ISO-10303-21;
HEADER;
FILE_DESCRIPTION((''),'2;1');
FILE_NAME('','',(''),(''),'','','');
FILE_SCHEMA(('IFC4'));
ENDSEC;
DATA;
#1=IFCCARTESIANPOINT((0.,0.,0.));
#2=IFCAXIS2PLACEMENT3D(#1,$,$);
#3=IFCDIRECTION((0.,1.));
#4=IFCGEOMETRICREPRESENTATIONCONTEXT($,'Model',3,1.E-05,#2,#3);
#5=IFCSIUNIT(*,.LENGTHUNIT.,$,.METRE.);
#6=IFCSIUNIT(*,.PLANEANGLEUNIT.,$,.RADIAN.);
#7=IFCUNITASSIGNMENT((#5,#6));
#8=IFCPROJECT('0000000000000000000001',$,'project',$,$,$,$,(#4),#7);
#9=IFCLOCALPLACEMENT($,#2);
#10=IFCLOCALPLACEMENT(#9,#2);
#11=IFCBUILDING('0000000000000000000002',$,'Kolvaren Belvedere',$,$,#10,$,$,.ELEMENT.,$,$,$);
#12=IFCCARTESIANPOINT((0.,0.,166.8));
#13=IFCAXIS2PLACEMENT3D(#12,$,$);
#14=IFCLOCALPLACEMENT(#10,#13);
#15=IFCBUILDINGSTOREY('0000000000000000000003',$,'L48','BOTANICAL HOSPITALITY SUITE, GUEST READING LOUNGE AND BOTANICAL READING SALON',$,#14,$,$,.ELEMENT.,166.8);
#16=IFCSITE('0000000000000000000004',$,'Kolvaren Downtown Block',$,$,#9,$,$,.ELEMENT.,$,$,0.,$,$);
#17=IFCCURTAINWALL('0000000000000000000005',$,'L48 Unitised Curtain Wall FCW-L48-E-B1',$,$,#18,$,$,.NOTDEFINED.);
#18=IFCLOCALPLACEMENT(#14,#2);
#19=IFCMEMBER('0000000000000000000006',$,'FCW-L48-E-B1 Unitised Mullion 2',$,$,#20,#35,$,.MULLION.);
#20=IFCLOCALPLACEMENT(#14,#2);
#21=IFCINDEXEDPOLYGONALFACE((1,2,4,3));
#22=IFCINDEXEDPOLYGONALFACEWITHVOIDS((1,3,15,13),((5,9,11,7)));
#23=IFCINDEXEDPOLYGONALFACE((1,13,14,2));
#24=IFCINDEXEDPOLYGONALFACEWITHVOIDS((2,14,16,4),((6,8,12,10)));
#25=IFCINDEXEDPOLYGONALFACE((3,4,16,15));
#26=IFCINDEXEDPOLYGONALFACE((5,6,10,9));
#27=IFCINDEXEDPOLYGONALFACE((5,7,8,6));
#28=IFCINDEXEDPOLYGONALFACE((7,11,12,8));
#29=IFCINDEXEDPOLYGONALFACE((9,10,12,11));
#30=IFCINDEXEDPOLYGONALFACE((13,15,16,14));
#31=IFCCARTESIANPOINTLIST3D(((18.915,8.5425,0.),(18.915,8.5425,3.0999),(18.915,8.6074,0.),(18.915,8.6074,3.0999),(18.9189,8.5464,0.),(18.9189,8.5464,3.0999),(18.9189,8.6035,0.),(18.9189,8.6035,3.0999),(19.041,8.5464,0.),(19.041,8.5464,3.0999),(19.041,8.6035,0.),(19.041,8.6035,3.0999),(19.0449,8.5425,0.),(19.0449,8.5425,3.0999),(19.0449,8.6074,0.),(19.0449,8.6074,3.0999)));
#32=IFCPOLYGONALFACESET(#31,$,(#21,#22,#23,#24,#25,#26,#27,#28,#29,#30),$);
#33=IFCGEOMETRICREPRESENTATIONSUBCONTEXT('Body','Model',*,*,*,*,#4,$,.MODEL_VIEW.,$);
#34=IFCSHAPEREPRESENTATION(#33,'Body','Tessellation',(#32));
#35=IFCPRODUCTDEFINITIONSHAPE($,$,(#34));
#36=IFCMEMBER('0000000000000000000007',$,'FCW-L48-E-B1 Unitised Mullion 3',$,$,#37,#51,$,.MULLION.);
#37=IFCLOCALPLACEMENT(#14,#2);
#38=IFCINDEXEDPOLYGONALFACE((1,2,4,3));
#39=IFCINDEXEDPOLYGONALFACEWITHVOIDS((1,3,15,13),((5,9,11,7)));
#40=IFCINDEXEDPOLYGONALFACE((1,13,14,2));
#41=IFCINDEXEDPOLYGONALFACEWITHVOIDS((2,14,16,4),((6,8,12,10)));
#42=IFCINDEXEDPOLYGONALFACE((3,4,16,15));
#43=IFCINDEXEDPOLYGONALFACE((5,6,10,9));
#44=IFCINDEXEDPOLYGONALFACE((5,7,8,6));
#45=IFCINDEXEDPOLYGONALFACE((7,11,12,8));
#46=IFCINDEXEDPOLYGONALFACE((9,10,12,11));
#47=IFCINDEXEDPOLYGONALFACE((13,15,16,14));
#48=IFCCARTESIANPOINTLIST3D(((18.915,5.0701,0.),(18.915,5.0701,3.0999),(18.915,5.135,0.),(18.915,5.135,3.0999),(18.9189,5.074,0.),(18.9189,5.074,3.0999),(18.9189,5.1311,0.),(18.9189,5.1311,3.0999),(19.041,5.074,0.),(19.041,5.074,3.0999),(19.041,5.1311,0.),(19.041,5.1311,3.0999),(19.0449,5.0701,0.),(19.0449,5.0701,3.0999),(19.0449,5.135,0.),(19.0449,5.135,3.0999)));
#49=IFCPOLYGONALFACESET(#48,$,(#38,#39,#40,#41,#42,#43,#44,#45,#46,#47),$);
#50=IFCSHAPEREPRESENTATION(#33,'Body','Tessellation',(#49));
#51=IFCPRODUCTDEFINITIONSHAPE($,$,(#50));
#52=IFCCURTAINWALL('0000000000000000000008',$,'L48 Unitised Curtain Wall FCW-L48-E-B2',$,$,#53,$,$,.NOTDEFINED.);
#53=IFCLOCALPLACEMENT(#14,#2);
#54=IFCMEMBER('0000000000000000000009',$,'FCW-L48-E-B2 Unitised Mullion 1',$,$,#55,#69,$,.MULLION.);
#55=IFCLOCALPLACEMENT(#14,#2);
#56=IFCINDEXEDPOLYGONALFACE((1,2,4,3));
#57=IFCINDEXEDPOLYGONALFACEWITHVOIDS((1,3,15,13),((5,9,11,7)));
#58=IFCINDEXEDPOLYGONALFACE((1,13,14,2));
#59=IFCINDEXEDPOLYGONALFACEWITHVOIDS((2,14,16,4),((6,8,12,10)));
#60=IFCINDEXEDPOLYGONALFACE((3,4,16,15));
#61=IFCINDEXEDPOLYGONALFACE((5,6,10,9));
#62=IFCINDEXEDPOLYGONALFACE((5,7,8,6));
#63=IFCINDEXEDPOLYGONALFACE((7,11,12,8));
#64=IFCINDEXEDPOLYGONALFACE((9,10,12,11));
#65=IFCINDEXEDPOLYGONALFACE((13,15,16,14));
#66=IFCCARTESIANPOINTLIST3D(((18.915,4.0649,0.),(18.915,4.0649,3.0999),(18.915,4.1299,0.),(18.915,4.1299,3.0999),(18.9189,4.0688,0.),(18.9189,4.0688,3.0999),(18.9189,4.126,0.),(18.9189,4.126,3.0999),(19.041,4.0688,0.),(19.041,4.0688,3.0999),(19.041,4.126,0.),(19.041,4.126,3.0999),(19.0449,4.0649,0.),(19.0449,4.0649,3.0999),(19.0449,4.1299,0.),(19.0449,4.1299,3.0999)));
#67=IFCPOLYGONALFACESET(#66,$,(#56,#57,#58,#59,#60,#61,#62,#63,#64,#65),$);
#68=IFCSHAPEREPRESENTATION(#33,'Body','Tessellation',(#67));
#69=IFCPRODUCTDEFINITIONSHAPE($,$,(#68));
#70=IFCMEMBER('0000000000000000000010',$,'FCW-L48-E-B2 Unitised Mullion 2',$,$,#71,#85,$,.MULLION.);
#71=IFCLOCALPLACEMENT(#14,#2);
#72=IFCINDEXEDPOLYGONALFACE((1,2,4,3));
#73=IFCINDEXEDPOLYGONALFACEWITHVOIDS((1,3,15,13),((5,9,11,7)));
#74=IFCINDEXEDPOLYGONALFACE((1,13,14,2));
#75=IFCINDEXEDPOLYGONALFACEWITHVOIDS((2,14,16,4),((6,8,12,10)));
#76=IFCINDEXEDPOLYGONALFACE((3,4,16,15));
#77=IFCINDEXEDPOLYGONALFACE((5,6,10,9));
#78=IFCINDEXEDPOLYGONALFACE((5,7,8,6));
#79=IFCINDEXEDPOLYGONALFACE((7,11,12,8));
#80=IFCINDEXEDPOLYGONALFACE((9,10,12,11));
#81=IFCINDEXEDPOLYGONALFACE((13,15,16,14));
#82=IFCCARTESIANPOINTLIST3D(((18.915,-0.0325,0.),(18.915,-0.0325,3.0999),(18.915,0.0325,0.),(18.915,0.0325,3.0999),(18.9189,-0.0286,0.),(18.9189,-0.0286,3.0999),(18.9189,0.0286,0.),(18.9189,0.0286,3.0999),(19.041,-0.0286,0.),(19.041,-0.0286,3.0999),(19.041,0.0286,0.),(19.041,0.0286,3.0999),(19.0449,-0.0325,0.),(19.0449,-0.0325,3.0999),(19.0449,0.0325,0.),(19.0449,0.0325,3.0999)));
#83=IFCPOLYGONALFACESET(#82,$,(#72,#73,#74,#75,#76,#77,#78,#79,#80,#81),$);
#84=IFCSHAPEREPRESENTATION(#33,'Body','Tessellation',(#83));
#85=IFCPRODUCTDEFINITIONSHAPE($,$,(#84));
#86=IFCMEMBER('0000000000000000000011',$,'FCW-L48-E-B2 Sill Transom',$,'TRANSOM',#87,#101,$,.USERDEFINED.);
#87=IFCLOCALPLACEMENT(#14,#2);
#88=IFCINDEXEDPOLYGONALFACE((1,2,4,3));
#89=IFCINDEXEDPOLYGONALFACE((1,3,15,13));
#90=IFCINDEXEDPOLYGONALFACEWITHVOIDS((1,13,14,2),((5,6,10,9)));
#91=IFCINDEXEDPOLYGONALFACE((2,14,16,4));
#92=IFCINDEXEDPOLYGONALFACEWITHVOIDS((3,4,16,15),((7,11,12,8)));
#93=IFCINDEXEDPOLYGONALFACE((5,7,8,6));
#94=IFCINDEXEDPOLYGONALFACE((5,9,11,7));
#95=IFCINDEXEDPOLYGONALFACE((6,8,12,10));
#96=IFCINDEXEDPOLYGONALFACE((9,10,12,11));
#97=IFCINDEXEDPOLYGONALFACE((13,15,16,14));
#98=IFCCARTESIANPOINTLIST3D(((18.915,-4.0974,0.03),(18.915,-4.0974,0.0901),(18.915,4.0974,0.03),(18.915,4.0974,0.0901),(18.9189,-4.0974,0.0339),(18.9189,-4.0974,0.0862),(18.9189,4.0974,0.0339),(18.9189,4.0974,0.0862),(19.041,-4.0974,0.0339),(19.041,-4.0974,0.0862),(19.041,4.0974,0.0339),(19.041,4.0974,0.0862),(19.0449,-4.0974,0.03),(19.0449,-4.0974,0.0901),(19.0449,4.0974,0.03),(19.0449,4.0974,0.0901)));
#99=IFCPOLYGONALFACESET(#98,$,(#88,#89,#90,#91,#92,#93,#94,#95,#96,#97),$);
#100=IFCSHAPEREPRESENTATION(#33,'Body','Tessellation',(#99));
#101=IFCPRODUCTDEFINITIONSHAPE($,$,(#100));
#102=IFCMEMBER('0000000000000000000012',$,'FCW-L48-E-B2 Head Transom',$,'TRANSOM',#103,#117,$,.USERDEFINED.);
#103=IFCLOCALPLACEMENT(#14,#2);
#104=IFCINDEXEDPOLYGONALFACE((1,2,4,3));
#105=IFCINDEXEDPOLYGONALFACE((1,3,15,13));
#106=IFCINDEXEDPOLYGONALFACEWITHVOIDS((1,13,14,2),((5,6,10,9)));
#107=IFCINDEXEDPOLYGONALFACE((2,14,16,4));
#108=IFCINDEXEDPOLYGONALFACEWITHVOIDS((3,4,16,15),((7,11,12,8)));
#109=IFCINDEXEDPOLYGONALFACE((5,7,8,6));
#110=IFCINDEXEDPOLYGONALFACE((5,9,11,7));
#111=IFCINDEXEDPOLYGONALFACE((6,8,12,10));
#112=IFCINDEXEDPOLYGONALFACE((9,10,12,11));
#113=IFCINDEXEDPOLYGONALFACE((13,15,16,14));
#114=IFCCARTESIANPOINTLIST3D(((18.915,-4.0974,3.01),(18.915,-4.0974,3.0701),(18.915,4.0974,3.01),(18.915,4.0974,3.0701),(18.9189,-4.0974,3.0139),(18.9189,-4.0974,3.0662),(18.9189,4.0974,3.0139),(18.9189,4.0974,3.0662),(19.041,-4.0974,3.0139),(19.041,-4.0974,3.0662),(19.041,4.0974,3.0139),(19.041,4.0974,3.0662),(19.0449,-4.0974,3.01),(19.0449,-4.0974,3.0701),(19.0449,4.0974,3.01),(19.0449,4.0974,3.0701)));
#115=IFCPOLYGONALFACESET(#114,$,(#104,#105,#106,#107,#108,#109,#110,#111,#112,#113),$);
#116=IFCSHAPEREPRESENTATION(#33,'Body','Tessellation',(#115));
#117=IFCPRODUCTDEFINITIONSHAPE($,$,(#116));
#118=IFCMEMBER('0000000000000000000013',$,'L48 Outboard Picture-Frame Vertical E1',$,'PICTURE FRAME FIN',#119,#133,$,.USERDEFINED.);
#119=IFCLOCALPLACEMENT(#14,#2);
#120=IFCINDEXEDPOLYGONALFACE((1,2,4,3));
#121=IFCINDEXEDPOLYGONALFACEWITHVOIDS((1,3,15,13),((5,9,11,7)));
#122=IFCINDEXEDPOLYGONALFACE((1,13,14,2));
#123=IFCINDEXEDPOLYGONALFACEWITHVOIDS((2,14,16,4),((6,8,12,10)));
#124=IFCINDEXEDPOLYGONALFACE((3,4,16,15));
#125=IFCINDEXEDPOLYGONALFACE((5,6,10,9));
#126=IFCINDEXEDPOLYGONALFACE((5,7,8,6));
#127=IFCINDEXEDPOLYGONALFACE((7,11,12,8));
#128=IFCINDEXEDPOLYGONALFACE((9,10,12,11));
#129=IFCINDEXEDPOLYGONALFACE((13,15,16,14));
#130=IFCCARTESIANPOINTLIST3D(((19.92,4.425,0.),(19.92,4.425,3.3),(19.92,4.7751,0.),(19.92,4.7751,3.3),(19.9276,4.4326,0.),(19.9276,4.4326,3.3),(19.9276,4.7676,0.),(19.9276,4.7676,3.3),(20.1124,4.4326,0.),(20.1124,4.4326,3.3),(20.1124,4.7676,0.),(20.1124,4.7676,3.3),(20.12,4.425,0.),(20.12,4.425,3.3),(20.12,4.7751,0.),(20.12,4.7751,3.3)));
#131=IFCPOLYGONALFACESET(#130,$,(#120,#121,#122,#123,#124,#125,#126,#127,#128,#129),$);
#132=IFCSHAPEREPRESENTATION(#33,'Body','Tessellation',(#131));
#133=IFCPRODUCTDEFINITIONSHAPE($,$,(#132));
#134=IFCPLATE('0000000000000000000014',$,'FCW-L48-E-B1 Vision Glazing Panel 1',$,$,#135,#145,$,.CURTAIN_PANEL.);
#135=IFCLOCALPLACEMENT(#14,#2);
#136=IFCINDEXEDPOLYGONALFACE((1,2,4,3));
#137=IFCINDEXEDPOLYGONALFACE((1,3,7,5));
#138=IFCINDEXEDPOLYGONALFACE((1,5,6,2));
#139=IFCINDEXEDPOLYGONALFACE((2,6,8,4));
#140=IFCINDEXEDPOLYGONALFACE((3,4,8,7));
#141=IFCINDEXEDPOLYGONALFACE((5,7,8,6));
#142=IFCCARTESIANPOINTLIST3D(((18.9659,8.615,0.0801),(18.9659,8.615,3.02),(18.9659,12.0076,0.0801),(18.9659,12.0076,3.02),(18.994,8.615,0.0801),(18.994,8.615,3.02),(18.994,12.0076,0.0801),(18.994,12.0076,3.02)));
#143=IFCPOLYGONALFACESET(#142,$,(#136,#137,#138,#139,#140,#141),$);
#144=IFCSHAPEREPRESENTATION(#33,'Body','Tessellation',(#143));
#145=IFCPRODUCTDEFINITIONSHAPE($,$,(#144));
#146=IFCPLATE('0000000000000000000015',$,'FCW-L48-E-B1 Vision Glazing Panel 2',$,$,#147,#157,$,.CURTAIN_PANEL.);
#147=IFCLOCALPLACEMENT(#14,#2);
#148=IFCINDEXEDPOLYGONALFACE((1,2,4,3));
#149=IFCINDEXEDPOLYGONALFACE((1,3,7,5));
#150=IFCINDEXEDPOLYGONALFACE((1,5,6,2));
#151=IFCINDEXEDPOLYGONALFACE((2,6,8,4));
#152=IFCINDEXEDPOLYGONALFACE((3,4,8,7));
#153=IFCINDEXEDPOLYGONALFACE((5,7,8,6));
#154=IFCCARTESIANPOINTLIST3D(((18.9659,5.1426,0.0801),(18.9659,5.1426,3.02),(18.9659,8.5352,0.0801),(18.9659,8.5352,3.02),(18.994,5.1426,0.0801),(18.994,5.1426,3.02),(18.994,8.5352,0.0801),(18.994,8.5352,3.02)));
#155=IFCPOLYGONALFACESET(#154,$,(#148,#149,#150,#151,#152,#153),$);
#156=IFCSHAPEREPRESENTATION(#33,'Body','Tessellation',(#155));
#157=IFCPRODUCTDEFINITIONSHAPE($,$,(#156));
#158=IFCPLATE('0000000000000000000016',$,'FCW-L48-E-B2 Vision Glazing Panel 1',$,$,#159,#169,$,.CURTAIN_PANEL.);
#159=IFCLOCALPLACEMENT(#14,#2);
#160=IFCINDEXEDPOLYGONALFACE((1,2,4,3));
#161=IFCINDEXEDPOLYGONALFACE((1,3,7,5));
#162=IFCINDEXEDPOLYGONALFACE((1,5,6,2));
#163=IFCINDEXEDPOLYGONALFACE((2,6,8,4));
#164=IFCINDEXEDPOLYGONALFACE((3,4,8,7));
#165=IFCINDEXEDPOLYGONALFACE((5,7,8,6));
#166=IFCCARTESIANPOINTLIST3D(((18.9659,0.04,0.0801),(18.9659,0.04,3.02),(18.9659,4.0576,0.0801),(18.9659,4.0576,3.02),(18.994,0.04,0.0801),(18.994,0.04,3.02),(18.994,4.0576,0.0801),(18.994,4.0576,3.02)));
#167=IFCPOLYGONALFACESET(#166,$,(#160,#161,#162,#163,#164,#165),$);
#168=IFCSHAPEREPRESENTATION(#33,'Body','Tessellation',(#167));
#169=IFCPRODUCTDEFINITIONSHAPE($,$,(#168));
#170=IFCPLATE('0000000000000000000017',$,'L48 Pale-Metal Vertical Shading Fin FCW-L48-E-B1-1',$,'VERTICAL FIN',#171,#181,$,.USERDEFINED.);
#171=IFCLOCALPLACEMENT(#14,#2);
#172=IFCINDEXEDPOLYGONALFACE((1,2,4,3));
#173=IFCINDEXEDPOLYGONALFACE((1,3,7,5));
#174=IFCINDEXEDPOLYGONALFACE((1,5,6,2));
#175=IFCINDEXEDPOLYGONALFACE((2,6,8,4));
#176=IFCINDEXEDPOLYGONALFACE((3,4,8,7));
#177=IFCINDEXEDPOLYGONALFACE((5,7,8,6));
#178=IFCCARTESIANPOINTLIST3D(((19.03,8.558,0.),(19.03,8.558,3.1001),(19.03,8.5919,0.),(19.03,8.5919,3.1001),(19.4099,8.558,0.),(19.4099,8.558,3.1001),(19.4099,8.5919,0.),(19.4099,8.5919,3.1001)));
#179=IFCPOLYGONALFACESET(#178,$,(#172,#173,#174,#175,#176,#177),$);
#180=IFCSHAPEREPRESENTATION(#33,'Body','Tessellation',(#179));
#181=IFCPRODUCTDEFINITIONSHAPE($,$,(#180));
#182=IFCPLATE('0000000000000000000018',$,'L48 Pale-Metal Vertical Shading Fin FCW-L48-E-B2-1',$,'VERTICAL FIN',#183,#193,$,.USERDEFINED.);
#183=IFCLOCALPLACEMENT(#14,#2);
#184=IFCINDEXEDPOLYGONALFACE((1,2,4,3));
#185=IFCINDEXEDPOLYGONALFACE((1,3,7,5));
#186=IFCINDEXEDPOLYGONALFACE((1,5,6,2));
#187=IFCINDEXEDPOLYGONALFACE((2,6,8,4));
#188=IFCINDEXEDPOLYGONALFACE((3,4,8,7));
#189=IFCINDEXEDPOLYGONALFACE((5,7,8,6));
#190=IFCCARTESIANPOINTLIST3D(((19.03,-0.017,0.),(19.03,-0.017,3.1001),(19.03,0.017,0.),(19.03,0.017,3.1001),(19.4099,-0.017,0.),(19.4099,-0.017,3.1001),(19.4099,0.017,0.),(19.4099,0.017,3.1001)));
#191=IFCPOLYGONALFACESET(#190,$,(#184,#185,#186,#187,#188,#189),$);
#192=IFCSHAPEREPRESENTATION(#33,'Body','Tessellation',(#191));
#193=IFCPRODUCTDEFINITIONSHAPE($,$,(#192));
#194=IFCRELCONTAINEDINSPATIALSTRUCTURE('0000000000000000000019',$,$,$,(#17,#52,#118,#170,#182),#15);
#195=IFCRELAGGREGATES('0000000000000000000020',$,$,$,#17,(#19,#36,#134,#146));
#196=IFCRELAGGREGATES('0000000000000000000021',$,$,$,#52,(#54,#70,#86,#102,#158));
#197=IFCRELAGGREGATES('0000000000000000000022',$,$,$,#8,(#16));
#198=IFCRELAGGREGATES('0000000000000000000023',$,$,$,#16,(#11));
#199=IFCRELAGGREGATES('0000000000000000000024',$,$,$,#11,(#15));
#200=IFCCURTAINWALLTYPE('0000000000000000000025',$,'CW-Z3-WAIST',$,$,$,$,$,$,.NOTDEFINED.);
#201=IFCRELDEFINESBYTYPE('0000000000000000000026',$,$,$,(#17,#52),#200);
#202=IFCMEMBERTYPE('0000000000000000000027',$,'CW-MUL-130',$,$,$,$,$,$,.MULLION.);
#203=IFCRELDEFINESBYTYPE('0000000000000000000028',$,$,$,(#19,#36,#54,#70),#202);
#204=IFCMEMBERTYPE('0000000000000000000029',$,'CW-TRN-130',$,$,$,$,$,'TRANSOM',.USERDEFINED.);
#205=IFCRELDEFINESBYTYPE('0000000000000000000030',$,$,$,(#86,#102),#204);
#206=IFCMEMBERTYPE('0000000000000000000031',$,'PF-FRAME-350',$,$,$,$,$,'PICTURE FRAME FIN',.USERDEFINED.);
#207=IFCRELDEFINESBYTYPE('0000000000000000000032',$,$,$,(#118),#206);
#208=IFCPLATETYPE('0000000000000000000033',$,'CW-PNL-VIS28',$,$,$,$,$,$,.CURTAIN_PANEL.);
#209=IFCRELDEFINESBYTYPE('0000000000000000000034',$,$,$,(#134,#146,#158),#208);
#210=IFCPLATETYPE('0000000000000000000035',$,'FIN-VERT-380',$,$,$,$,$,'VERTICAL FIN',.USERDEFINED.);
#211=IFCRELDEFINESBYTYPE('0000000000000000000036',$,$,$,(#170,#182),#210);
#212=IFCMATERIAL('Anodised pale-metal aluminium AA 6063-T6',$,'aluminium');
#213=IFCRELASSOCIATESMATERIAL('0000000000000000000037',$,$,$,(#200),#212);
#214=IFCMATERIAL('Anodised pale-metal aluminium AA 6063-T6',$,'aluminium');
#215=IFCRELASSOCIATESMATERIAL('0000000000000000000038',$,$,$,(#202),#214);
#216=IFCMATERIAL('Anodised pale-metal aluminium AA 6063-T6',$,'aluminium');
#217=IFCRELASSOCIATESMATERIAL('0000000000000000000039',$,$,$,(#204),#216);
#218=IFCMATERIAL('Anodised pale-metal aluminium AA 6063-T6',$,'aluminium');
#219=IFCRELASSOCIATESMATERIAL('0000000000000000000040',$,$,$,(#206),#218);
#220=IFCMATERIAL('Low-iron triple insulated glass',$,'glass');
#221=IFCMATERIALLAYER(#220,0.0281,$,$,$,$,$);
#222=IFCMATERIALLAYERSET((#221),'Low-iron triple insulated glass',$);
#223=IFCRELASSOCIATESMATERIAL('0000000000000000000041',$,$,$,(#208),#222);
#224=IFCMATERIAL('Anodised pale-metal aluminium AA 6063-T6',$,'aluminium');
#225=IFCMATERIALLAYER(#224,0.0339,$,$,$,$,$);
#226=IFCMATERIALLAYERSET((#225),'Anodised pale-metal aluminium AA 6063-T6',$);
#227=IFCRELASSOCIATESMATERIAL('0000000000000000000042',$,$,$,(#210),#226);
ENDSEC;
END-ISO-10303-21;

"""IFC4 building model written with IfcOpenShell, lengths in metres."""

from ifc_helpers import new_model, si_unit, direction, frame, origin, origin_2d, place, context, subcontext, project, spatial, rectangle, hollow_rectangle, extrude, material, layer, layer_set, material_profile, profile_set, type_object, element, aggregate, save


model = new_model("IFC4")

# Units and contexts
model_context = context("Model", 3, precision=1e-05, world=origin(), true_north=direction((0.0, 1.0)))
body_context = subcontext(model_context, "Body", "Model", "MODEL_VIEW")
ifc_project = project(units=[si_unit("LENGTHUNIT", "METRE"), si_unit("PLANEANGLEUNIT", "RADIAN")], contexts=[model_context])

# Site, building, storey
site_placement = place(None, origin())
site = spatial("IfcSite", under=ifc_project, at=site_placement, Name="Kolvaren Downtown Block", CompositionType="ELEMENT", RefElevation=0.0)
building_placement = place(site_placement, origin())
building = spatial("IfcBuilding", under=site, at=building_placement, Name="Kolvaren Belvedere", CompositionType="ELEMENT")
storey_placement = place(building_placement, frame((0.0, 0.0, 166.8)))
storey = spatial("IfcBuildingStorey", under=building, at=storey_placement, Name="L48", Description="BOTANICAL HOSPITALITY SUITE, GUEST READING LOUNGE AND BOTANICAL READING SALON", CompositionType="ELEMENT", Elevation=166.8)

# Curtain walls, members
ifc_material_1 = material(Name="Anodised pale-metal aluminium AA 6063-T6", Category="aluminium")
curtain_wall_type = type_object("IfcCurtainWallType", Name="CW-Z3-WAIST", PredefinedType="NOTDEFINED", material=ifc_material_1)
curtain_wall_1_placement = place(storey_placement, origin())
curtain_wall_1 = element("IfcCurtainWall", 1, at=curtain_wall_1_placement, inside=storey, type_object=curtain_wall_type, Name="L48 Unitised Curtain Wall FCW-L48-E-B1", PredefinedType="NOTDEFINED")
ifc_material_2 = material(Name="Anodised pale-metal aluminium AA 6063-T6", Category="aluminium")
ifc_material_profile_1 = material_profile(ifc_material_2, hollow_rectangle(XDim=0.0649, YDim=0.1299, WallThickness=0.0039, at=origin_2d()), Name="ALU-MUL-130X65")
ifc_profile_set_1 = profile_set([ifc_material_profile_1], Name="Anodised pale-metal aluminium AA 6063-T6")
member_type_1 = type_object("IfcMemberType", Name="CW-MUL-130", PredefinedType="MULLION", material=ifc_profile_set_1)
member_1_placement = place(storey_placement, frame((18.98, 8.575, 0.0), z_axis=(0.0, 0.0, 1.0), x_axis=(0.0, 1.0, 0.0)))
member_1 = element("IfcMember", 2, at=member_1_placement, type_object=member_type_1, Name="FCW-L48-E-B1 Unitised Mullion 2", PredefinedType="MULLION", context=body_context, shape_type="SweptSolid", body=[
    extrude(hollow_rectangle(XDim=0.0649, YDim=0.1299, WallThickness=0.0039, at=origin_2d()), origin(), (0.0, 0.0, 1.0), 3.0999),
])
member_2_placement = place(storey_placement, frame((18.98, 5.1025, 0.0), z_axis=(0.0, 0.0, 1.0), x_axis=(0.0, 1.0, 0.0)))
member_2 = element("IfcMember", 3, at=member_2_placement, type_object=member_type_1, Name="FCW-L48-E-B1 Unitised Mullion 3", PredefinedType="MULLION", context=body_context, shape_type="SweptSolid", body=[
    extrude(hollow_rectangle(XDim=0.0649, YDim=0.1299, WallThickness=0.0039, at=origin_2d()), origin(), (0.0, 0.0, 1.0), 3.0999),
])
curtain_wall_2_placement = place(storey_placement, origin())
curtain_wall_2 = element("IfcCurtainWall", 4, at=curtain_wall_2_placement, inside=storey, type_object=curtain_wall_type, Name="L48 Unitised Curtain Wall FCW-L48-E-B2", PredefinedType="NOTDEFINED")
member_3_placement = place(storey_placement, frame((18.98, 4.0974, 0.0), z_axis=(0.0, 0.0, 1.0), x_axis=(0.0, 1.0, 0.0)))
member_3 = element("IfcMember", 5, at=member_3_placement, type_object=member_type_1, Name="FCW-L48-E-B2 Unitised Mullion 1", PredefinedType="MULLION", context=body_context, shape_type="SweptSolid", body=[
    extrude(hollow_rectangle(XDim=0.0649, YDim=0.1299, WallThickness=0.0039, at=origin_2d()), origin(), (0.0, 0.0, 1.0), 3.0999),
])
member_4_placement = place(storey_placement, frame((18.98, 0.0, 0.0), z_axis=(0.0, 0.0, 1.0), x_axis=(0.0, 1.0, 0.0)))
member_4 = element("IfcMember", 6, at=member_4_placement, type_object=member_type_1, Name="FCW-L48-E-B2 Unitised Mullion 2", PredefinedType="MULLION", context=body_context, shape_type="SweptSolid", body=[
    extrude(hollow_rectangle(XDim=0.0649, YDim=0.1299, WallThickness=0.0039, at=origin_2d()), origin(), (0.0, 0.0, 1.0), 3.0999),
])
ifc_material_3 = material(Name="Anodised pale-metal aluminium AA 6063-T6", Category="aluminium")
ifc_material_profile_2 = material_profile(ifc_material_3, hollow_rectangle(XDim=0.0601, YDim=0.1299, WallThickness=0.0039, at=origin_2d()), Name="ALU-TRN-130X60")
ifc_profile_set_2 = profile_set([ifc_material_profile_2], Name="Anodised pale-metal aluminium AA 6063-T6")
member_type_2 = type_object("IfcMemberType", Name="CW-TRN-130", ElementType="TRANSOM", PredefinedType="USERDEFINED", material=ifc_profile_set_2)
member_5_placement = place(storey_placement, frame((18.98, 4.0974, 0.0601), z_axis=(0.0, -1.0, 0.0), x_axis=(0.0, 0.0, 1.0)))
member_5 = element("IfcMember", 7, at=member_5_placement, type_object=member_type_2, Name="FCW-L48-E-B2 Sill Transom", ObjectType="TRANSOM", PredefinedType="USERDEFINED", context=body_context, shape_type="SweptSolid", body=[
    extrude(hollow_rectangle(XDim=0.0601, YDim=0.1299, WallThickness=0.0039, at=origin_2d()), origin(), (0.0, 0.0, 1.0), 8.1948),
])
member_6_placement = place(storey_placement, frame((18.98, 4.0974, 3.04), z_axis=(0.0, -1.0, 0.0), x_axis=(0.0, 0.0, 1.0)))
member_6 = element("IfcMember", 8, at=member_6_placement, type_object=member_type_2, Name="FCW-L48-E-B2 Head Transom", ObjectType="TRANSOM", PredefinedType="USERDEFINED", context=body_context, shape_type="SweptSolid", body=[
    extrude(hollow_rectangle(XDim=0.0601, YDim=0.1299, WallThickness=0.0039, at=origin_2d()), origin(), (0.0, 0.0, 1.0), 8.1948),
])

# Member
ifc_material_4 = material(Name="Anodised pale-metal aluminium AA 6063-T6", Category="aluminium")
ifc_material_profile_3 = material_profile(ifc_material_4, hollow_rectangle(XDim=0.2, YDim=0.3501, WallThickness=0.0076, at=origin_2d()), Name="ALU-PF-350X200")
ifc_profile_set_3 = profile_set([ifc_material_profile_3], Name="Anodised pale-metal aluminium AA 6063-T6")
member_type_3 = type_object("IfcMemberType", Name="PF-FRAME-350", ElementType="PICTURE FRAME FIN", PredefinedType="USERDEFINED", material=ifc_profile_set_3)
member_7_placement = place(storey_placement, frame((20.02, 4.6001, 0.0), z_axis=(0.0, 0.0, 1.0), x_axis=(1.0, 0.0, 0.0)))
element("IfcMember", 9, at=member_7_placement, inside=storey, type_object=member_type_3, Name="L48 Outboard Picture-Frame Vertical E1", ObjectType="PICTURE FRAME FIN", PredefinedType="USERDEFINED", context=body_context, shape_type="SweptSolid", body=[
    extrude(hollow_rectangle(XDim=0.2, YDim=0.3501, WallThickness=0.0076, at=origin_2d()), origin(), (0.0, 0.0, 1.0), 3.3),
])

# Plates
ifc_material_5 = material(Name="Low-iron triple insulated glass", Category="glass")
ifc_layer_1 = layer(ifc_material_5, 0.0281)
ifc_layer_set_1 = layer_set([ifc_layer_1], Name="Low-iron triple insulated glass")
plate_type_1 = type_object("IfcPlateType", Name="CW-PNL-VIS28", PredefinedType="CURTAIN_PANEL", material=ifc_layer_set_1)
plate_1_placement = place(storey_placement, frame((18.98, 10.3113, 0.0801), z_axis=(0.0, 0.0, 1.0), x_axis=(0.0, -1.0, 0.0)))
plate_1 = element("IfcPlate", 10, at=plate_1_placement, type_object=plate_type_1, Name="FCW-L48-E-B1 Vision Glazing Panel 1", PredefinedType="CURTAIN_PANEL", context=body_context, shape_type="SweptSolid", body=[
    extrude(rectangle(XDim=3.3926, YDim=0.0281, at=origin_2d()), origin(), (0.0, 0.0, 1.0), 2.9399),
])
plate_2_placement = place(storey_placement, frame((18.98, 6.8389, 0.0801), z_axis=(0.0, 0.0, 1.0), x_axis=(0.0, -1.0, 0.0)))
plate_2 = element("IfcPlate", 11, at=plate_2_placement, type_object=plate_type_1, Name="FCW-L48-E-B1 Vision Glazing Panel 2", PredefinedType="CURTAIN_PANEL", context=body_context, shape_type="SweptSolid", body=[
    extrude(rectangle(XDim=3.3926, YDim=0.0281, at=origin_2d()), origin(), (0.0, 0.0, 1.0), 2.9399),
])
aggregate(curtain_wall_1, [member_1, member_2, plate_1, plate_2])
plate_3_placement = place(storey_placement, frame((18.98, 2.0488, 0.0801), z_axis=(0.0, 0.0, 1.0), x_axis=(0.0, -1.0, 0.0)))
plate_3 = element("IfcPlate", 12, at=plate_3_placement, type_object=plate_type_1, Name="FCW-L48-E-B2 Vision Glazing Panel 1", PredefinedType="CURTAIN_PANEL", context=body_context, shape_type="SweptSolid", body=[
    extrude(rectangle(XDim=4.0176, YDim=0.0281, at=origin_2d()), origin(), (0.0, 0.0, 1.0), 2.9399),
])
aggregate(curtain_wall_2, [member_3, member_4, member_5, member_6, plate_3])

# Plates
ifc_material_6 = material(Name="Anodised pale-metal aluminium AA 6063-T6", Category="aluminium")
ifc_layer_2 = layer(ifc_material_6, 0.0339)
ifc_layer_set_2 = layer_set([ifc_layer_2], Name="Anodised pale-metal aluminium AA 6063-T6")
plate_type_2 = type_object("IfcPlateType", Name="FIN-VERT-380", ElementType="VERTICAL FIN", PredefinedType="USERDEFINED", material=ifc_layer_set_2)
for number, where, z_axis, x_axis, name in (
    (13, (19.22, 8.575, 0.0), (0.0, 0.0, 1.0), (1.0, 0.0, 0.0), "L48 Pale-Metal Vertical Shading Fin FCW-L48-E-B1-1"),
    (14, (19.22, 0.0, 0.0), (0.0, 0.0, 1.0), (1.0, 0.0, 0.0), "L48 Pale-Metal Vertical Shading Fin FCW-L48-E-B2-1"),
):
    element("IfcPlate", number, at=place(storey_placement, frame(where, z_axis=z_axis, x_axis=x_axis)), inside=storey, type_object=plate_type_2, Name=name, ObjectType="VERTICAL FIN", PredefinedType="USERDEFINED", context=body_context, shape_type="SweptSolid", body=[
        extrude(rectangle(XDim=0.3799, YDim=0.0339, at=origin_2d()), origin(), (0.0, 0.0, 1.0), 3.1001),
    ])

save(model, "model.ifc")
